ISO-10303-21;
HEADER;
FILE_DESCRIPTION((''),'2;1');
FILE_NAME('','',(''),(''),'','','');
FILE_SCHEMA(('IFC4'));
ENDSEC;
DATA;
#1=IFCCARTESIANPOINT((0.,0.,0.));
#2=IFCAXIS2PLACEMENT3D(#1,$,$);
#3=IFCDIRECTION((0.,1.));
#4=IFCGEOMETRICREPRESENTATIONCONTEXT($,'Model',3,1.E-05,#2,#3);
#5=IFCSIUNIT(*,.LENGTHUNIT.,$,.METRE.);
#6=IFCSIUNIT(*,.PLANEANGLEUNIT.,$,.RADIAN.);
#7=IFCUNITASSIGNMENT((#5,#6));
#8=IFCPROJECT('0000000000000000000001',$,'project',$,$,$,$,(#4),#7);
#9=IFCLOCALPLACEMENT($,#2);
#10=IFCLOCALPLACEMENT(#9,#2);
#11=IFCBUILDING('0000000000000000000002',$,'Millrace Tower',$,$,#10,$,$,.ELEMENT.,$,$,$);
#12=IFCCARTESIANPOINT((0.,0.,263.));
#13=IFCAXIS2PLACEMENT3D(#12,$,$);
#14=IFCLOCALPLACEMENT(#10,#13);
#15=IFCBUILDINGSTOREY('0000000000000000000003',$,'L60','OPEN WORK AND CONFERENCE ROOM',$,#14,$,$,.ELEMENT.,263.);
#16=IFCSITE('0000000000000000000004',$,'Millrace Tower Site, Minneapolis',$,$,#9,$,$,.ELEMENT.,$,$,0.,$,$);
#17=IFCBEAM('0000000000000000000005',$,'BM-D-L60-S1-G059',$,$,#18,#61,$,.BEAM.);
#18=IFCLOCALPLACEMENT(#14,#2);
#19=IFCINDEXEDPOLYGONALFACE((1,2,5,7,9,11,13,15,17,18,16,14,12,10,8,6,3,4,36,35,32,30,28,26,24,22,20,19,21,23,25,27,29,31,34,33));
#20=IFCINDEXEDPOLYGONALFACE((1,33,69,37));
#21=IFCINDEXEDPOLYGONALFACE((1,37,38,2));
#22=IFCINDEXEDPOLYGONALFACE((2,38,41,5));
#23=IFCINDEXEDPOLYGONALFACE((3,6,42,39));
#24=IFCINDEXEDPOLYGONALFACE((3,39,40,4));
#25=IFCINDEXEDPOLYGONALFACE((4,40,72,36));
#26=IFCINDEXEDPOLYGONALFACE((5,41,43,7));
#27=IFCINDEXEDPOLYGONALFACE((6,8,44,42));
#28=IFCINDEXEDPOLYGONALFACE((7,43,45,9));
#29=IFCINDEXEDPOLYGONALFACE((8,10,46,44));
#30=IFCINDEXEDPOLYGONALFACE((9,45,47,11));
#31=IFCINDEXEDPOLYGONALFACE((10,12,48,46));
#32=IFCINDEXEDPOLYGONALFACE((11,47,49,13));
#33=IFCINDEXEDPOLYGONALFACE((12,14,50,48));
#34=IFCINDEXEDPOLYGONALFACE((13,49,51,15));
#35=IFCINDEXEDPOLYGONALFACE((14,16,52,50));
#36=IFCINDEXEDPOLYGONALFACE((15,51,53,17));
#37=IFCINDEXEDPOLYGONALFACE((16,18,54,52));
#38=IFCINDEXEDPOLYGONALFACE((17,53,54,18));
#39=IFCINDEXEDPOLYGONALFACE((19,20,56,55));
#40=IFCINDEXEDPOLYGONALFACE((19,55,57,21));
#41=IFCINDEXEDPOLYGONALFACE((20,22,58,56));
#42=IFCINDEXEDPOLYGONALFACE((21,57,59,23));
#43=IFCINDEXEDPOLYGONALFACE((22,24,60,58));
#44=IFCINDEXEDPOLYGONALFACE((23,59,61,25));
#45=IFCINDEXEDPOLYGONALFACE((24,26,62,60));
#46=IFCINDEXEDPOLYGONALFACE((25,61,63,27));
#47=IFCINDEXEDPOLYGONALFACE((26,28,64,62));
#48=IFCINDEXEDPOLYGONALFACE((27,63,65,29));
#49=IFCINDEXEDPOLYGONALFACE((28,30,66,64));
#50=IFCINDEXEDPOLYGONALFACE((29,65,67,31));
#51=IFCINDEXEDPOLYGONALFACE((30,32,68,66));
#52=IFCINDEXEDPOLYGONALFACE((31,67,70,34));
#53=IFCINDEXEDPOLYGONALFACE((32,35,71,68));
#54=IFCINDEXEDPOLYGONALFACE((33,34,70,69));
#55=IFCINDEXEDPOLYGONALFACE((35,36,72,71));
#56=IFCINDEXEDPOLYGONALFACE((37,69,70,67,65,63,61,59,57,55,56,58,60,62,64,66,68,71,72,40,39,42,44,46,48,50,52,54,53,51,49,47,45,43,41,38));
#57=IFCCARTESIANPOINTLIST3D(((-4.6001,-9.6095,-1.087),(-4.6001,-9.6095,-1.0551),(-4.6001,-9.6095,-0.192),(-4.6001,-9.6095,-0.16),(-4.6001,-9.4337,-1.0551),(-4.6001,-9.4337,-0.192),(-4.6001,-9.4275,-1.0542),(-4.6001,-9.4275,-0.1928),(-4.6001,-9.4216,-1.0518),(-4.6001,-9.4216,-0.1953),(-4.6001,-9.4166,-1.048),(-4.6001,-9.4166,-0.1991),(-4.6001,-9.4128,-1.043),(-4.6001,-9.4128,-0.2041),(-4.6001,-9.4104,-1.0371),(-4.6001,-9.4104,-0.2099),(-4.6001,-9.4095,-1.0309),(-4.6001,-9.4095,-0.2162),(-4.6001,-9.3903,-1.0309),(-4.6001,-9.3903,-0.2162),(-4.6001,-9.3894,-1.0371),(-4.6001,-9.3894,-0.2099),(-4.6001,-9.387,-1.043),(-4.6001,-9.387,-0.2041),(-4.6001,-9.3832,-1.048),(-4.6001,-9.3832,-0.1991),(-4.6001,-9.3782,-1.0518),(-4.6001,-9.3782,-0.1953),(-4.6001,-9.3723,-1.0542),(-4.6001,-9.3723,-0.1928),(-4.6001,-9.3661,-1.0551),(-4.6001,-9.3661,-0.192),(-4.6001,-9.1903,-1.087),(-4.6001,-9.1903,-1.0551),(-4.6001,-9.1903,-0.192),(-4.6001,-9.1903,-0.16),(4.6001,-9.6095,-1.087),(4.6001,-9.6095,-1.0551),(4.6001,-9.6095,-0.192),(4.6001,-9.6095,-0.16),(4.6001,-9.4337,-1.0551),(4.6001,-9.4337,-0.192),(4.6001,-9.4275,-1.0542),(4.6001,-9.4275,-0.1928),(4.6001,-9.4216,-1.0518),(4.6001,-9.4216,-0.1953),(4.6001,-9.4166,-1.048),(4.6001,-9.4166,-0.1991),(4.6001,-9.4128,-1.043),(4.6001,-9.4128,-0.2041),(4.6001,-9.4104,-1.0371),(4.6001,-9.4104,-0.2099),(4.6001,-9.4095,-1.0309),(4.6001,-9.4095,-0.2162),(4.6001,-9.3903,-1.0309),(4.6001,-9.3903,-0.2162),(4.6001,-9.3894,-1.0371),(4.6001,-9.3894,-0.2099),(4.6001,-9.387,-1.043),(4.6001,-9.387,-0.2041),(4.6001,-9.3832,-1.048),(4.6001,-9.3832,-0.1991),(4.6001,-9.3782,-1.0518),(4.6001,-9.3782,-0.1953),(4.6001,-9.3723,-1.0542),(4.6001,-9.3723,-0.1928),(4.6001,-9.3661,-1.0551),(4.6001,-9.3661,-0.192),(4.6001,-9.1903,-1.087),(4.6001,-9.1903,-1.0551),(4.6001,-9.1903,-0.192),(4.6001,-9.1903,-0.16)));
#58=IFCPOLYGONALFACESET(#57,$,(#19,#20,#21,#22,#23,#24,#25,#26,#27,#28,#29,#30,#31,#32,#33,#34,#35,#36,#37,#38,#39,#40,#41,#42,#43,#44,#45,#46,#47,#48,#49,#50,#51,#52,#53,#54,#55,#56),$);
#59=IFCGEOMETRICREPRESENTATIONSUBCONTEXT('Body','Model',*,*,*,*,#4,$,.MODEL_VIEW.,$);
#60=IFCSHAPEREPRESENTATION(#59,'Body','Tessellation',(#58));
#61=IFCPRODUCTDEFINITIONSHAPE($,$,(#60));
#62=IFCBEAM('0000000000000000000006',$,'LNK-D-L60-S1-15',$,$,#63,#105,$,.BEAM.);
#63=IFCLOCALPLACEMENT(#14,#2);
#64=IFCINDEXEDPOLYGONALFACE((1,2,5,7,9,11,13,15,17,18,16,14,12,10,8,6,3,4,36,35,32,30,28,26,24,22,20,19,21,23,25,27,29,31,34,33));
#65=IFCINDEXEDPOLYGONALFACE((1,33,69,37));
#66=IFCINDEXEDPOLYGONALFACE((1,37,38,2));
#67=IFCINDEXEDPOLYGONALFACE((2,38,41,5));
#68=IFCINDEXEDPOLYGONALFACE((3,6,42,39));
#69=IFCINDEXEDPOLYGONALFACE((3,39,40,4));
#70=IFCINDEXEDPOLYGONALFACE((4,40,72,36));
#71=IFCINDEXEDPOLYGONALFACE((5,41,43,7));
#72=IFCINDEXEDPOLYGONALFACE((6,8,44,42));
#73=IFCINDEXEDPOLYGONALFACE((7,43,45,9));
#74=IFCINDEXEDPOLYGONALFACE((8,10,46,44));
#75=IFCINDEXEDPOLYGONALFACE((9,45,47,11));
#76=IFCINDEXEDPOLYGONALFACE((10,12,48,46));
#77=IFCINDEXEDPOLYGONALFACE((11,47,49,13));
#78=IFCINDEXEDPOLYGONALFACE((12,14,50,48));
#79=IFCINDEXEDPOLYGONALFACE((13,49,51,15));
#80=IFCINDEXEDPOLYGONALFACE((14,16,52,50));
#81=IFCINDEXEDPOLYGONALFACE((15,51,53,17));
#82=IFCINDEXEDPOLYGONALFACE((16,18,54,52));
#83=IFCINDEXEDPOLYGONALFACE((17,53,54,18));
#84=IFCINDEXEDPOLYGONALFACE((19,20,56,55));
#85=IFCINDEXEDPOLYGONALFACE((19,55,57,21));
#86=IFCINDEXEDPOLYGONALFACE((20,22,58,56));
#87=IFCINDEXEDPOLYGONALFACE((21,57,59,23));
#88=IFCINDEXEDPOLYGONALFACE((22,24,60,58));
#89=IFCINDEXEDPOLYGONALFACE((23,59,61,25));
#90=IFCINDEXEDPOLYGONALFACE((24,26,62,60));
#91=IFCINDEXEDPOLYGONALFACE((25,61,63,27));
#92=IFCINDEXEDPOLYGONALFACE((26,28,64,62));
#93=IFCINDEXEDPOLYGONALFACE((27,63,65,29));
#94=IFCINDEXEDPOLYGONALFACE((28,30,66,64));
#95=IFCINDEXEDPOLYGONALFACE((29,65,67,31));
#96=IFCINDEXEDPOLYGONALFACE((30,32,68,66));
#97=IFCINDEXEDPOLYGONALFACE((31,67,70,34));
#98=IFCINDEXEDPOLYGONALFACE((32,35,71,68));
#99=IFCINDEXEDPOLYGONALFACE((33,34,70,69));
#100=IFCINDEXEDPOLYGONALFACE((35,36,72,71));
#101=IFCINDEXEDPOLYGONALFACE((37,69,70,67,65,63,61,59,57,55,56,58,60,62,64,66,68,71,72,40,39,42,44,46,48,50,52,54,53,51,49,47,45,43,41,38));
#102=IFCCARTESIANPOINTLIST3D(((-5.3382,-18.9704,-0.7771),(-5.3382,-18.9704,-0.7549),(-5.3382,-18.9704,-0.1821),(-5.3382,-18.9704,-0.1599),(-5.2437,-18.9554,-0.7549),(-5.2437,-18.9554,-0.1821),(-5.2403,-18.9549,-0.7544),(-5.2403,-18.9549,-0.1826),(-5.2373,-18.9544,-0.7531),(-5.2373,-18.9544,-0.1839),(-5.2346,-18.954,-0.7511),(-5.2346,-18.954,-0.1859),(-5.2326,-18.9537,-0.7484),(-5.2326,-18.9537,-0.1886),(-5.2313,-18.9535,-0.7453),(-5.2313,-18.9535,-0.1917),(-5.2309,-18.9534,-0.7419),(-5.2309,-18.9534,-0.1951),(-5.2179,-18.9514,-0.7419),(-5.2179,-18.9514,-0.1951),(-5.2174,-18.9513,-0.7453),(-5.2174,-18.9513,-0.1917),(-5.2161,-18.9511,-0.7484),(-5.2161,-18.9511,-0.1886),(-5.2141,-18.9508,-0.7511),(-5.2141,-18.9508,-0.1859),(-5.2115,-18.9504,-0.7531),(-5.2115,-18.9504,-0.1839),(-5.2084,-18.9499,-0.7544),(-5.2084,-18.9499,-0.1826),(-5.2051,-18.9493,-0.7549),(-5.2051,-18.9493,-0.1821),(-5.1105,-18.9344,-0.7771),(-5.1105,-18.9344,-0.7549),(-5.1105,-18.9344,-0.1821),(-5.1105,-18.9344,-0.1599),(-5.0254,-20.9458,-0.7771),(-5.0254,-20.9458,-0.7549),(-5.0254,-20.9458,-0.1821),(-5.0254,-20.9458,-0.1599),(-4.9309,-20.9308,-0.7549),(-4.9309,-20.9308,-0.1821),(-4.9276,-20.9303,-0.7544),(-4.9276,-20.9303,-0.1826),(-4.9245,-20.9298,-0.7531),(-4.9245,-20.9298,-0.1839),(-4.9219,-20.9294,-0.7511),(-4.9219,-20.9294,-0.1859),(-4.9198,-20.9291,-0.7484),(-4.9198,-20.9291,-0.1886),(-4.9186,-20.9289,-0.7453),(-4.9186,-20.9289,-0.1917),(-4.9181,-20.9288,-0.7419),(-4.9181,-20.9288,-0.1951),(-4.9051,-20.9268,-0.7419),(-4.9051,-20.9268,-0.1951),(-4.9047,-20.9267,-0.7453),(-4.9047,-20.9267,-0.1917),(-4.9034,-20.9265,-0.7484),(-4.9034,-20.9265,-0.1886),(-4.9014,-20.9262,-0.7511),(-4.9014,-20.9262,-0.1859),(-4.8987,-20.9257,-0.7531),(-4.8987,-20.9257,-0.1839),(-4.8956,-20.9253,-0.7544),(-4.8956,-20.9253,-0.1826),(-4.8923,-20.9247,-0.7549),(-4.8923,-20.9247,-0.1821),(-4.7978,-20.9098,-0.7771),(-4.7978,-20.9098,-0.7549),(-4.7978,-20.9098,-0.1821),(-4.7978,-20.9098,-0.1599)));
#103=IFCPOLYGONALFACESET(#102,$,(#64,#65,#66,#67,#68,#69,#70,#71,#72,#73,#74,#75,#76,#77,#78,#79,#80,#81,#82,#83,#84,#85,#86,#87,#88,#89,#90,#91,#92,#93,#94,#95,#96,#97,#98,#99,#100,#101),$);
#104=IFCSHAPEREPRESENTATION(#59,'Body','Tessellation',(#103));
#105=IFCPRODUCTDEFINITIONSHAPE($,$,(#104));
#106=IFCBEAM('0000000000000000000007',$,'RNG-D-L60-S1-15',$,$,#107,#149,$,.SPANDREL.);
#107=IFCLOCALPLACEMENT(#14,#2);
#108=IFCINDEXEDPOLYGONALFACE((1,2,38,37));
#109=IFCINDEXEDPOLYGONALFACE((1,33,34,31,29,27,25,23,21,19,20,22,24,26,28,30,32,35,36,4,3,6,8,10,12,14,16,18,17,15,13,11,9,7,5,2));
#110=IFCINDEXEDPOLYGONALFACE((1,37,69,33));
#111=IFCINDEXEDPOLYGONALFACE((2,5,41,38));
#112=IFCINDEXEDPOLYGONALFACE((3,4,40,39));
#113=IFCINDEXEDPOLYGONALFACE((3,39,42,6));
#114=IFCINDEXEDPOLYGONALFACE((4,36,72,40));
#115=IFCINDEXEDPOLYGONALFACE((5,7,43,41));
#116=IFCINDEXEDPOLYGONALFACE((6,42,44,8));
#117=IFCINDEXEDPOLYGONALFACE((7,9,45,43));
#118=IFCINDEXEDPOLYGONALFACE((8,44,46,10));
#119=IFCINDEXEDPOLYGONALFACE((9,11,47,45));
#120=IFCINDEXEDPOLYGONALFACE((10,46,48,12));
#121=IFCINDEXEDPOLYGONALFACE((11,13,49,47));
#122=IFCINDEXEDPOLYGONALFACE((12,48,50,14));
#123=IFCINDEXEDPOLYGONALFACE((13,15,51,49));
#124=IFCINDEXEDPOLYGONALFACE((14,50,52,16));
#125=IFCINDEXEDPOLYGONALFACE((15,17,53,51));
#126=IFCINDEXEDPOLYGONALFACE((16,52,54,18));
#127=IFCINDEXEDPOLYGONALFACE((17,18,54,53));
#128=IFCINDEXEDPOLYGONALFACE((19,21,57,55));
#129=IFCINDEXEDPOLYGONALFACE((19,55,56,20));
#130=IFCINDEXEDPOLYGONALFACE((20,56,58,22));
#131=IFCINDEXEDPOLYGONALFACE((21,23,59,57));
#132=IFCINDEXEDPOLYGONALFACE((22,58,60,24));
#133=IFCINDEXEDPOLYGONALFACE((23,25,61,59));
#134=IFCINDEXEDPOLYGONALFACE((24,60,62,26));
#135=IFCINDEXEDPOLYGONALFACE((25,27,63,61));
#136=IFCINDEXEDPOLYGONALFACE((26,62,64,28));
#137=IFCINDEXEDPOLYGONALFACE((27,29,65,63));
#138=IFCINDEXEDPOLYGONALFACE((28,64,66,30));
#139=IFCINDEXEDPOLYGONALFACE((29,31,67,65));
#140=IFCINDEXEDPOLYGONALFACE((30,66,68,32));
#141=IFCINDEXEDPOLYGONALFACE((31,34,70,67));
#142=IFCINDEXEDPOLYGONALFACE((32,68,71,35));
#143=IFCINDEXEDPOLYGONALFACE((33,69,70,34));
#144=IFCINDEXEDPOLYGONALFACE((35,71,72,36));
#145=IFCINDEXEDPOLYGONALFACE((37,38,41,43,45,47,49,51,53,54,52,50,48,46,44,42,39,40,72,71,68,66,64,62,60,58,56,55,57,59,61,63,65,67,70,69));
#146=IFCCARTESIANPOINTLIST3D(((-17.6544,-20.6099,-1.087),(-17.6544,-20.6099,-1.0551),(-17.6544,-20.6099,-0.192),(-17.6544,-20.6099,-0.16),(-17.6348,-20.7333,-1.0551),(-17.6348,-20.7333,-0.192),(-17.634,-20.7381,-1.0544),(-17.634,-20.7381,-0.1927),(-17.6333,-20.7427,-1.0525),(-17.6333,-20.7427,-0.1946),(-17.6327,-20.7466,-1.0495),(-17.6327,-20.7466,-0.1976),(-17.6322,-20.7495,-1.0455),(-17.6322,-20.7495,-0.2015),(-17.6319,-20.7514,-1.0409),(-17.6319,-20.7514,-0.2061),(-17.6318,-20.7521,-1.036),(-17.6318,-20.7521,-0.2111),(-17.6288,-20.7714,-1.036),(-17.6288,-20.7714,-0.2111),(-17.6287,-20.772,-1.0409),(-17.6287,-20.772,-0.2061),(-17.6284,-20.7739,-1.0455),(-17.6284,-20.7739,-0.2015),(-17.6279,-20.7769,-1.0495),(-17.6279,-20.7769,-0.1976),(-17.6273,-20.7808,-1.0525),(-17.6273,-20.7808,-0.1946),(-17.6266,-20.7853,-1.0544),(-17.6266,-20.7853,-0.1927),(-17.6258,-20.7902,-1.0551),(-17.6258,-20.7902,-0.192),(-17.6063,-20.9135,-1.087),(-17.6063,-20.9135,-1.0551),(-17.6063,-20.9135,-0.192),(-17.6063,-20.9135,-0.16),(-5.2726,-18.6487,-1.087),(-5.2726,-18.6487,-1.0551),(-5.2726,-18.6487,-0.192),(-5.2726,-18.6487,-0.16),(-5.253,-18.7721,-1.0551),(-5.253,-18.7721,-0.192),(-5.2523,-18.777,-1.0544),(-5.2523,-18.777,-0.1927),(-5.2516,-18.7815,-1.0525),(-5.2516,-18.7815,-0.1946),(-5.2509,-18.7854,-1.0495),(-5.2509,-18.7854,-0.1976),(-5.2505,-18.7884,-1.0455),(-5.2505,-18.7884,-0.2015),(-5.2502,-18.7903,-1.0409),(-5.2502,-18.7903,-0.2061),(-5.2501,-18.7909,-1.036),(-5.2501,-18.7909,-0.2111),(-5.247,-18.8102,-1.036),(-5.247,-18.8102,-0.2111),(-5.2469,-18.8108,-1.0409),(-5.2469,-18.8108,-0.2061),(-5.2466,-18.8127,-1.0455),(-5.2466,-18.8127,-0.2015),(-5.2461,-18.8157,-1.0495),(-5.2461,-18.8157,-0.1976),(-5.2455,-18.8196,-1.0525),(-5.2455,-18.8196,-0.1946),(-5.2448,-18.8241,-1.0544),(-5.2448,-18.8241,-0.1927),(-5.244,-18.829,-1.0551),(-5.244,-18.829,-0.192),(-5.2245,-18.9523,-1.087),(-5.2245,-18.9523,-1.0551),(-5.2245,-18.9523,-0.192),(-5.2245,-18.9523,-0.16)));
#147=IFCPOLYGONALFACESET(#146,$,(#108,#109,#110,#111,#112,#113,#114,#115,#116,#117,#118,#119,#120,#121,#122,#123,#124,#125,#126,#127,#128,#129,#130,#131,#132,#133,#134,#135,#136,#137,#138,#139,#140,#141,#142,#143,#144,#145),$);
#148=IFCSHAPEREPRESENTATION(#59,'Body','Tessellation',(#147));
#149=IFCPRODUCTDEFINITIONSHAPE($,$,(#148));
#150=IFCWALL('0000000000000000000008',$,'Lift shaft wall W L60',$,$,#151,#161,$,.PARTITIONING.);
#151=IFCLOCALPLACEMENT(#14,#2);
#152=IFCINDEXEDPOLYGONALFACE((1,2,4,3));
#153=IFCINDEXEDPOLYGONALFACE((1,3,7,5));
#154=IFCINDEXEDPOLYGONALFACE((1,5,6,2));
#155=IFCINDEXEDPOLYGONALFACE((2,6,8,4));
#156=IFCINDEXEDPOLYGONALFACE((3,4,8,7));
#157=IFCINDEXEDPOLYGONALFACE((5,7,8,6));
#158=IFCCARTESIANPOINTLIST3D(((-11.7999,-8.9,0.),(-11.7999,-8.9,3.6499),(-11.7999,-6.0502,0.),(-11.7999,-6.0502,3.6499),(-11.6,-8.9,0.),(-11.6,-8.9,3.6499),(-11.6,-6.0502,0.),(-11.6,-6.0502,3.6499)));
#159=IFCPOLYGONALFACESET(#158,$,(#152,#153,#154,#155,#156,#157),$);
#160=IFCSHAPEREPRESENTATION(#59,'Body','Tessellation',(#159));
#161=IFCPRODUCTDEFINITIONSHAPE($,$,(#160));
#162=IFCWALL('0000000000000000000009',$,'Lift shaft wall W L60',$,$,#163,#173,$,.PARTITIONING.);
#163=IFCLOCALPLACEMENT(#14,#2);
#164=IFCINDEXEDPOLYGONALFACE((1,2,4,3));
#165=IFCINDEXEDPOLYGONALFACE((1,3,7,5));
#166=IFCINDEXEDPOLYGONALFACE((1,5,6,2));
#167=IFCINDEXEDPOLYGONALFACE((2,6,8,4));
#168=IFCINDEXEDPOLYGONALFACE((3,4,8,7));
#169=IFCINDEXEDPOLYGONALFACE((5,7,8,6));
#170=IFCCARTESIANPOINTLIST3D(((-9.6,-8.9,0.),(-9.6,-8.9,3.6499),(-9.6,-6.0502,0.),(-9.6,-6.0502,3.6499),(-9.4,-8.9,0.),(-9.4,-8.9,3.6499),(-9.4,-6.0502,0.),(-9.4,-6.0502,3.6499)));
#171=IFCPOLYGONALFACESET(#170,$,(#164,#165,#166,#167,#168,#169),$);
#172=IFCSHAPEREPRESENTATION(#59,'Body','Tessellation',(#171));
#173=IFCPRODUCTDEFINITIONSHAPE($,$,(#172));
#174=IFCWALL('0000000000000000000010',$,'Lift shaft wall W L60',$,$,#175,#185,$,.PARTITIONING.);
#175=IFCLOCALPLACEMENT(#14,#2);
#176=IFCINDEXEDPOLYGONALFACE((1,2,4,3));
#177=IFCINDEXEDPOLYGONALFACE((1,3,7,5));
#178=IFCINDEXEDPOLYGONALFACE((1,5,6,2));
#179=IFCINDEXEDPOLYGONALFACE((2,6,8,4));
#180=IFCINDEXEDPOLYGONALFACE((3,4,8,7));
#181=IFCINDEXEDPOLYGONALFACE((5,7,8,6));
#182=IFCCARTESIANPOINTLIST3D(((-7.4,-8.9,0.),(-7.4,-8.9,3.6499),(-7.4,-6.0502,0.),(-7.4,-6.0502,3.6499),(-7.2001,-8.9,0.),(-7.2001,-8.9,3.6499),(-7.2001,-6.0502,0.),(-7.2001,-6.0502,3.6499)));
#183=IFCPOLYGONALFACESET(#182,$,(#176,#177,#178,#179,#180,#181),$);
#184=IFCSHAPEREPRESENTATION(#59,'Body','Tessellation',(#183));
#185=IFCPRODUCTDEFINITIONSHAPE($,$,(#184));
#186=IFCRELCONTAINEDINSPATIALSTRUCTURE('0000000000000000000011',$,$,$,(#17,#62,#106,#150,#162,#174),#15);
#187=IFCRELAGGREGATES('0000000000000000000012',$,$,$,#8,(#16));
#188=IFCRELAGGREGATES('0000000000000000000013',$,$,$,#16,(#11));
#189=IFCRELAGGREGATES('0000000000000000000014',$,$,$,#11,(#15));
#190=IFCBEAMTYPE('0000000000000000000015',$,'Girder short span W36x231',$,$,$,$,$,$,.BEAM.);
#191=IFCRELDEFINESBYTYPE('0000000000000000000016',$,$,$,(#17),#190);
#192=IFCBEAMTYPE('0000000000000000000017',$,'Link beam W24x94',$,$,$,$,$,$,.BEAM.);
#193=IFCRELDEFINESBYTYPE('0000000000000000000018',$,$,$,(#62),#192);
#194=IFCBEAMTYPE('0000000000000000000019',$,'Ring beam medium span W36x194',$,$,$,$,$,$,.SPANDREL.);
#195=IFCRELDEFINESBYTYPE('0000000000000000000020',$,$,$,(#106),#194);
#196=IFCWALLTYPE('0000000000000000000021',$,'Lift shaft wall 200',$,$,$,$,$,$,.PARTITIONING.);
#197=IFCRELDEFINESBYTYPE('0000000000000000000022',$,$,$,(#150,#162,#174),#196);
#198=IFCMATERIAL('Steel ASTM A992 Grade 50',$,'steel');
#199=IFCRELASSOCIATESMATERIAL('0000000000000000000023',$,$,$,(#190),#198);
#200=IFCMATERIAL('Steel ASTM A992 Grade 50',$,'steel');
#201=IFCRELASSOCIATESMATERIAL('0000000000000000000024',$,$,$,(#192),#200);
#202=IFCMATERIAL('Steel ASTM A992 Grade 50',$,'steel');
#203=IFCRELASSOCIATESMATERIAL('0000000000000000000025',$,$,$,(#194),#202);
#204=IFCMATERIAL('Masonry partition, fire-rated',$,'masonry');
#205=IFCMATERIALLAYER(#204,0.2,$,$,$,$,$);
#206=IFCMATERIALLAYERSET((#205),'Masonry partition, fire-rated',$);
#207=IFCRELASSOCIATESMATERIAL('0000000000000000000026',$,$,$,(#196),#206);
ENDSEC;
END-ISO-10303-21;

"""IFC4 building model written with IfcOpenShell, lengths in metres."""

from ifc_helpers import new_model, si_unit, direction, frame, frame_2d, origin, origin_2d, place, context, subcontext, project, spatial, rectangle, i_section, extrude, material, layer, layer_set, material_profile, profile_set, type_object, element, save


model = new_model("IFC4")

# Units and contexts
model_context = context("Model", 3, precision=1e-05, world=origin(), true_north=direction((0.0, 1.0)))
body_context = subcontext(model_context, "Body", "Model", "MODEL_VIEW")
ifc_project = project(units=[si_unit("LENGTHUNIT", "METRE"), si_unit("PLANEANGLEUNIT", "RADIAN")], contexts=[model_context])

# Site, building, storey
site_placement = place(None, origin())
site = spatial("IfcSite", under=ifc_project, at=site_placement, Name="Millrace Tower Site, Minneapolis", CompositionType="ELEMENT", RefElevation=0.0)
building_placement = place(site_placement, origin())
building = spatial("IfcBuilding", under=site, at=building_placement, Name="Millrace Tower", CompositionType="ELEMENT")
storey_placement = place(building_placement, frame((0.0, 0.0, 263.0)))
storey = spatial("IfcBuildingStorey", under=building, at=storey_placement, Name="L60", Description="OPEN WORK AND CONFERENCE ROOM", CompositionType="ELEMENT", Elevation=263.0)

# Beams
ifc_material_1 = material(Name="Steel ASTM A992 Grade 50", Category="steel")
ifc_material_profile_1 = material_profile(ifc_material_1, i_section(OverallWidth=0.4192, OverallDepth=0.927, WebThickness=0.0193, FlangeThickness=0.032, FilletRadius=0.0242, at=origin_2d()))
ifc_profile_set_1 = profile_set([ifc_material_profile_1], Name="Steel ASTM A992 Grade 50")
beam_type_1 = type_object("IfcBeamType", Name="Girder short span W36x231", PredefinedType="BEAM", material=ifc_profile_set_1)
beam_1_placement = place(storey_placement, frame((-4.6001, -9.3999, -0.6235), z_axis=(1.0, 0.0, 0.0), x_axis=(0.0, 1.0, 0.0)))
element("IfcBeam", 1, at=beam_1_placement, inside=storey, type_object=beam_type_1, Name="BM-D-L60-S1-G059", PredefinedType="BEAM", context=body_context, shape_type="SweptSolid", body=[
    extrude(i_section(OverallWidth=0.4192, OverallDepth=0.927, WebThickness=0.0193, FlangeThickness=0.032, FilletRadius=0.0242, at=origin_2d()), origin(), (0.0, 0.0, 1.0), 9.2002),
])
ifc_material_2 = material(Name="Steel ASTM A992 Grade 50", Category="steel")
ifc_material_profile_2 = material_profile(ifc_material_2, i_section(OverallWidth=0.2305, OverallDepth=0.6172, WebThickness=0.0132, FlangeThickness=0.0222, FilletRadius=0.0129, at=origin_2d()))
ifc_profile_set_2 = profile_set([ifc_material_profile_2], Name="Steel ASTM A992 Grade 50")
beam_type_2 = type_object("IfcBeamType", Name="Link beam W24x94", PredefinedType="BEAM", material=ifc_profile_set_2)
beam_2_placement = place(storey_placement, frame((-5.2244, -18.9524, -0.4685), z_axis=(0.156376, -0.987698, 0.0), x_axis=(0.987698, 0.156376, 0.0)))
element("IfcBeam", 2, at=beam_2_placement, inside=storey, type_object=beam_type_2, Name="LNK-D-L60-S1-15", PredefinedType="BEAM", context=body_context, shape_type="SweptSolid", body=[
    extrude(i_section(OverallWidth=0.2305, OverallDepth=0.6172, WebThickness=0.0132, FlangeThickness=0.0222, FilletRadius=0.0129, at=origin_2d()), origin(), (0.0, 0.0, 1.0), 2.0),
])
ifc_material_3 = material(Name="Steel ASTM A992 Grade 50", Category="steel")
ifc_material_profile_3 = material_profile(ifc_material_3, i_section(OverallWidth=0.3074, OverallDepth=0.927, WebThickness=0.0195, FlangeThickness=0.032, FilletRadius=0.019, at=origin_2d()))
ifc_profile_set_3 = profile_set([ifc_material_profile_3], Name="Steel ASTM A992 Grade 50")
beam_type_3 = type_object("IfcBeamType", Name="Ring beam medium span W36x194", PredefinedType="SPANDREL", material=ifc_profile_set_3)
beam_3_placement = place(storey_placement, frame((-5.2485, -18.8005, -0.6235), z_axis=(-0.987687, -0.156442, 0.0), x_axis=(0.156442, -0.987687, 0.0)))
element("IfcBeam", 3, at=beam_3_placement, inside=storey, type_object=beam_type_3, Name="RNG-D-L60-S1-15", PredefinedType="SPANDREL", context=body_context, shape_type="SweptSolid", body=[
    extrude(i_section(OverallWidth=0.3074, OverallDepth=0.927, WebThickness=0.0195, FlangeThickness=0.032, FilletRadius=0.019, at=origin_2d()), origin(), (0.0, 0.0, 1.0), 12.5361),
])

# Walls
ifc_material_4 = material(Name="Masonry partition, fire-rated", Category="masonry")
ifc_layer_1 = layer(ifc_material_4, 0.2)
ifc_layer_set_1 = layer_set([ifc_layer_1], Name="Masonry partition, fire-rated")
wall_type_1 = type_object("IfcWallType", Name="Lift shaft wall 200", PredefinedType="PARTITIONING", material=ifc_layer_set_1)
for number, where, z_axis, x_axis, name in (
    (4, (-11.7, -8.8999, 0.0), (0.0, 0.0, 1.0), (0.0, 1.0, 0.0), "Lift shaft wall W L60"),
    (5, (-9.5, -8.8999, 0.0), (0.0, 0.0, 1.0), (0.0, 1.0, 0.0), "Lift shaft wall W L60"),
    (6, (-7.3, -8.8999, 0.0), (0.0, 0.0, 1.0), (0.0, 1.0, 0.0), "Lift shaft wall W L60"),
):
    element("IfcWall", number, at=place(storey_placement, frame(where, z_axis=z_axis, x_axis=x_axis)), inside=storey, type_object=wall_type_1, Name=name, PredefinedType="PARTITIONING", context=body_context, shape_type="SweptSolid", body=[
        extrude(rectangle(XDim=2.8499, YDim=0.2, at=frame_2d((1.4248, 0.0))), origin(), (0.0, 0.0, 1.0), 3.6499),
    ])

save(model, "model.ifc")
